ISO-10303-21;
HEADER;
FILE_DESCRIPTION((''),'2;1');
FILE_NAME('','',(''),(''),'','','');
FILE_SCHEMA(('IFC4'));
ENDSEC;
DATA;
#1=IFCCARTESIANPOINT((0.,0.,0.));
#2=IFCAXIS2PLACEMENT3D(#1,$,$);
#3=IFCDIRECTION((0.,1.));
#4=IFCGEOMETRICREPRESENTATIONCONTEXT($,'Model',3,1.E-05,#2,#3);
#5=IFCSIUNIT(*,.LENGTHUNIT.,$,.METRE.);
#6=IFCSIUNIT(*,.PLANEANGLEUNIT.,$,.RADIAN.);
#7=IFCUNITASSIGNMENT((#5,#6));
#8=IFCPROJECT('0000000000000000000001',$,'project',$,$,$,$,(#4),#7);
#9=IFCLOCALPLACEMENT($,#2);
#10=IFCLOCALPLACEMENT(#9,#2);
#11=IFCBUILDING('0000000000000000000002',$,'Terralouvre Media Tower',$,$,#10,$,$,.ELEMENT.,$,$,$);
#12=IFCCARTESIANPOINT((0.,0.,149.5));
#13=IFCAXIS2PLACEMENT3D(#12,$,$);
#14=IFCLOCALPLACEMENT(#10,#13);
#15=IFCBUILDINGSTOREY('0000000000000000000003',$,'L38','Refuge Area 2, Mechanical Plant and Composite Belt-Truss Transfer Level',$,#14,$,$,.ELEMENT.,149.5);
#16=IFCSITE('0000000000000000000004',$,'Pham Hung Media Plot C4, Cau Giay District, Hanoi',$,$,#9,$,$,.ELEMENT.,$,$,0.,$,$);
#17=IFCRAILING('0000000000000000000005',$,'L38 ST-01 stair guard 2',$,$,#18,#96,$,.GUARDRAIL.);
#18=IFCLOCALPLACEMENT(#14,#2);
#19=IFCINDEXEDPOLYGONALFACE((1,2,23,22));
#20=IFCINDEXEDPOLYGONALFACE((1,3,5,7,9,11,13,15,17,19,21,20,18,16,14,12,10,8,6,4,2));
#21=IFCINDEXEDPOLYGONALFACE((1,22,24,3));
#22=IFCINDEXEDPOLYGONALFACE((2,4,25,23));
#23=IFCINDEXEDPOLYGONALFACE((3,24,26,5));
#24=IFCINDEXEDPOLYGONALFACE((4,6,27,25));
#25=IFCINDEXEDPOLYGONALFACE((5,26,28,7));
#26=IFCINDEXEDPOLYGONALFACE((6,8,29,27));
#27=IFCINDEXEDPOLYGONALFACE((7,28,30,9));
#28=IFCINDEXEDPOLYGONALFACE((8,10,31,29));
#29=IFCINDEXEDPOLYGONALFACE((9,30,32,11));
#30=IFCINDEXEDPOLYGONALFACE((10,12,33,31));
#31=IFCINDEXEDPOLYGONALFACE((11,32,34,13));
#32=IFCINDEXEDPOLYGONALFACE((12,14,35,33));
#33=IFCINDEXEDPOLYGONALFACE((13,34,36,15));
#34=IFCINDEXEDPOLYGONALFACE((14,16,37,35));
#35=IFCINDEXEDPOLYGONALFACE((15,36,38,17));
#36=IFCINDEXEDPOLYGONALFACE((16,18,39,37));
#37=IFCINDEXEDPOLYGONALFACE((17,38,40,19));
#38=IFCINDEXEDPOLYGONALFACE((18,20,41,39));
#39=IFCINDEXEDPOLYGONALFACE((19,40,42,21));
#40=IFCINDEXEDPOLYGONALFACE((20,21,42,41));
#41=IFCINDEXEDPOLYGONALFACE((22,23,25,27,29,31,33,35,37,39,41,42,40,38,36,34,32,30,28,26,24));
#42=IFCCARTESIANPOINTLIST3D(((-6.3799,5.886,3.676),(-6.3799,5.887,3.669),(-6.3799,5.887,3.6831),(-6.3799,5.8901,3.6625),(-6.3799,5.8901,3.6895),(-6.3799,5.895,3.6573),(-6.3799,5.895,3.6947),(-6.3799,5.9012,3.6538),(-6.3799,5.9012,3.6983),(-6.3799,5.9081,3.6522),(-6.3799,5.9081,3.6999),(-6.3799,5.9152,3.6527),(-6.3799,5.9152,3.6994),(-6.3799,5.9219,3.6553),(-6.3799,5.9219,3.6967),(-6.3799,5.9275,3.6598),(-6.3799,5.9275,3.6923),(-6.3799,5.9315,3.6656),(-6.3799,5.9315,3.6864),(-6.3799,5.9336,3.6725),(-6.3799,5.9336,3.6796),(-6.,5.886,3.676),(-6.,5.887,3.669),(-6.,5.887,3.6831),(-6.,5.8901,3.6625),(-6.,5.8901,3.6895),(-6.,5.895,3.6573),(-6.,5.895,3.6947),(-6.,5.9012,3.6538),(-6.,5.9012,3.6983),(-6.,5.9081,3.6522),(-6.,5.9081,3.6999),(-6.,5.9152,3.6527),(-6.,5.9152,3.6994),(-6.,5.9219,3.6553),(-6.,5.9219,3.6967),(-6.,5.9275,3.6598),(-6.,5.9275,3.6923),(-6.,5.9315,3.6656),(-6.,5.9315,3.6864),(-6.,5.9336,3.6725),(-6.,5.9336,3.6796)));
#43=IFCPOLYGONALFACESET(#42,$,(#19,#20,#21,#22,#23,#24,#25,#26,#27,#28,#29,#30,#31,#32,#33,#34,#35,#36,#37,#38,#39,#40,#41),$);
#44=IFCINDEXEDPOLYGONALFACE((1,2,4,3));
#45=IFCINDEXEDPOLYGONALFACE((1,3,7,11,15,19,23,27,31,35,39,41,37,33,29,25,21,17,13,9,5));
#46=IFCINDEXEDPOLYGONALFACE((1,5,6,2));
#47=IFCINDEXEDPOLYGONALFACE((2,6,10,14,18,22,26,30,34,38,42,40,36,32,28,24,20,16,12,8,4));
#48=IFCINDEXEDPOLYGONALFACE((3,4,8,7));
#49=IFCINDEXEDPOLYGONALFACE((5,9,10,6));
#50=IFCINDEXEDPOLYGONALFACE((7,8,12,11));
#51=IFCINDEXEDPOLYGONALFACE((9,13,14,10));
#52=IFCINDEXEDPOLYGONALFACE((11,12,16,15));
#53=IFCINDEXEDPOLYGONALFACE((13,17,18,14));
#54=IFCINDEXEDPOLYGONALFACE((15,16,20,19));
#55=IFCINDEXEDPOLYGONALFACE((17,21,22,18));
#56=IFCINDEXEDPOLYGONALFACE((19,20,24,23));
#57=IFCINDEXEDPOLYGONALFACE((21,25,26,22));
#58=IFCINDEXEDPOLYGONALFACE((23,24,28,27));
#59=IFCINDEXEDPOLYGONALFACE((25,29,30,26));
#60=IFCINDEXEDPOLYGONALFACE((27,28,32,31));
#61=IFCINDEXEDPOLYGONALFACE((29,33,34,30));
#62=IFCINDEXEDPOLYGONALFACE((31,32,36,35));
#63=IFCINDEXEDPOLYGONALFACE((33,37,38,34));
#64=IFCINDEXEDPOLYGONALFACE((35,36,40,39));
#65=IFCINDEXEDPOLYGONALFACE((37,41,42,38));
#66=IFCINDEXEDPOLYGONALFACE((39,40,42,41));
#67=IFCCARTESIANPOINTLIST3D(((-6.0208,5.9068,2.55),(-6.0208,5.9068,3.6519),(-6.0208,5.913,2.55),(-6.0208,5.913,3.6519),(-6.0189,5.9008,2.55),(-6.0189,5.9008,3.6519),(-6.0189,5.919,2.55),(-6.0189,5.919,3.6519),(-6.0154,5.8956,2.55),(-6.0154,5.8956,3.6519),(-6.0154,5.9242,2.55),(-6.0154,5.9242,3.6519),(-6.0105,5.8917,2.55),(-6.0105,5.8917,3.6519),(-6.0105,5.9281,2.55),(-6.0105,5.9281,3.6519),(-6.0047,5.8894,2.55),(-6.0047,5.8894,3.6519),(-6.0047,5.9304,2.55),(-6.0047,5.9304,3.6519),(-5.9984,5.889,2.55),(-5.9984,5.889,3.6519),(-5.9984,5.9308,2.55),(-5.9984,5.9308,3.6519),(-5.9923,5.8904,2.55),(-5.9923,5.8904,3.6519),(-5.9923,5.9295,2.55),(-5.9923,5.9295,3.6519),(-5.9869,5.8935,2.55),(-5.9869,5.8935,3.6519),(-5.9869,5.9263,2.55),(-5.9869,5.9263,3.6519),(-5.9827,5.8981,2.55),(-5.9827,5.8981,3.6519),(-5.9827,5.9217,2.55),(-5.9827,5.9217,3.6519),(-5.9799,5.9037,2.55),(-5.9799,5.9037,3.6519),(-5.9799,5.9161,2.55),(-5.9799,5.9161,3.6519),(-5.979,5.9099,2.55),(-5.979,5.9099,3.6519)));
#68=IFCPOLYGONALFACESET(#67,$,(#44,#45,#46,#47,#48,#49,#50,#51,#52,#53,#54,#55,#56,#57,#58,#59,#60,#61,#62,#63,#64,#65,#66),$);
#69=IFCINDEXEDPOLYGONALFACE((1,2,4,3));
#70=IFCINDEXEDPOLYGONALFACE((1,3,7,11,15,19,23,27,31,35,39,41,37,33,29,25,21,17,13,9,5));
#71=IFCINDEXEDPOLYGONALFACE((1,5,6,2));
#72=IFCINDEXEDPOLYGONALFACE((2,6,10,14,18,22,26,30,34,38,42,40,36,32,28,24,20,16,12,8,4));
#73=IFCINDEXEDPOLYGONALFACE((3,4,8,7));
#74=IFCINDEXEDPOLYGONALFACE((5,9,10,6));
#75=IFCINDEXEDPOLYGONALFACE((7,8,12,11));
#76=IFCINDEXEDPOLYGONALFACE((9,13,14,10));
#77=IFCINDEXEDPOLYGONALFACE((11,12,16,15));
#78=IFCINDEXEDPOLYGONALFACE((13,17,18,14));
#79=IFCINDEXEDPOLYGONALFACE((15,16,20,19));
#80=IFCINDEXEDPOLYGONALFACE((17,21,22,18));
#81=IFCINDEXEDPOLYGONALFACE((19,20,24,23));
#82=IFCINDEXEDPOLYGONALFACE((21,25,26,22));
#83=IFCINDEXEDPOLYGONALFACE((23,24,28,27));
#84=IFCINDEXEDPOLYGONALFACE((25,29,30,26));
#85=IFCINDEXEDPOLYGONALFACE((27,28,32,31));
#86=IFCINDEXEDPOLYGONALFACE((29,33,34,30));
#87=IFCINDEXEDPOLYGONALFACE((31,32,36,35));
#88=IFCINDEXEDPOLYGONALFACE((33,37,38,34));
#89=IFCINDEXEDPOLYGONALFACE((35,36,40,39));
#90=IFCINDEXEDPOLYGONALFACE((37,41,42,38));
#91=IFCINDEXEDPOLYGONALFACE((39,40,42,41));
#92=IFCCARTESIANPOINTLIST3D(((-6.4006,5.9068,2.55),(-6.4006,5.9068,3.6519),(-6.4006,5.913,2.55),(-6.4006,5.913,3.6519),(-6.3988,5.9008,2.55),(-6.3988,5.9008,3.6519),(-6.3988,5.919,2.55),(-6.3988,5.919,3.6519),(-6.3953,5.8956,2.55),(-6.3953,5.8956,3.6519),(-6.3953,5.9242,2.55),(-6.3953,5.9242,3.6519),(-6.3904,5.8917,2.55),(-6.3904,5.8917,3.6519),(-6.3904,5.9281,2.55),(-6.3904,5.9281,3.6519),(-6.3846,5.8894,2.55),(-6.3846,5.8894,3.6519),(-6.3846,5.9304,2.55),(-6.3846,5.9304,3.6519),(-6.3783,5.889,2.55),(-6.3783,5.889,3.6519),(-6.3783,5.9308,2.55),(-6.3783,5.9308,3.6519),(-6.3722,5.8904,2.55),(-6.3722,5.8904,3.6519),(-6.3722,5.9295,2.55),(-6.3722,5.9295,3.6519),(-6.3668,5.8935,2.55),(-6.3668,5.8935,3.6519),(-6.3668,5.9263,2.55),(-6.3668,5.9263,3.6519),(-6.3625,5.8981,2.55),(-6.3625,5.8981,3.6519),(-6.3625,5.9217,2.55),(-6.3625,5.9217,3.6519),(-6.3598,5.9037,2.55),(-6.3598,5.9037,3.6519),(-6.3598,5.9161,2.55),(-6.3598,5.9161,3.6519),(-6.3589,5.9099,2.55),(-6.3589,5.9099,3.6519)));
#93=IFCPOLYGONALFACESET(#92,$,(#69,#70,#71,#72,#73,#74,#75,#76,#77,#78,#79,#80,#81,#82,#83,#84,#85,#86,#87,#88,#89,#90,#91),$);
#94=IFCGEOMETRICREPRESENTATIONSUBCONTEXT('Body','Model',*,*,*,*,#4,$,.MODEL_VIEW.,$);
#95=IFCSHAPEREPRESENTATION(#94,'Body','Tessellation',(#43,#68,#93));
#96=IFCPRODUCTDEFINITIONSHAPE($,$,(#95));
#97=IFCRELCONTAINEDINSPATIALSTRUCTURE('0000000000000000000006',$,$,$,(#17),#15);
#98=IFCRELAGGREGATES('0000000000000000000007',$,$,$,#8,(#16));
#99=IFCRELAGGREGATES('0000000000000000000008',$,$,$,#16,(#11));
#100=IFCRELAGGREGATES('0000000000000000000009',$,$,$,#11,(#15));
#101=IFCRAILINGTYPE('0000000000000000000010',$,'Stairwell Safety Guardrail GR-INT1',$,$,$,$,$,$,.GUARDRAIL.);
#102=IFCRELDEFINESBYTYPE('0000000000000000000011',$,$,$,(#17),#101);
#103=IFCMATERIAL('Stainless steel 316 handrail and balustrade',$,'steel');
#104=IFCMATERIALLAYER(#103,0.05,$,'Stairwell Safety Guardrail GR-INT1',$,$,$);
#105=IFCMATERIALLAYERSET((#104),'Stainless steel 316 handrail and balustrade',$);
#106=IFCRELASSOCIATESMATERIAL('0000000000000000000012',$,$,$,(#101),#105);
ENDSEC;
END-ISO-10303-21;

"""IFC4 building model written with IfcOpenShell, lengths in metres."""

from ifc_helpers import new_model, si_unit, direction, frame, origin, origin_2d, place, context, subcontext, project, spatial, circle, extrude, material, layer, layer_set, type_object, element, save


model = new_model("IFC4")

# Units and contexts
model_context = context("Model", 3, precision=1e-05, world=origin(), true_north=direction((0.0, 1.0)))
body_context = subcontext(model_context, "Body", "Model", "MODEL_VIEW")
ifc_project = project(units=[si_unit("LENGTHUNIT", "METRE"), si_unit("PLANEANGLEUNIT", "RADIAN")], contexts=[model_context])

# Site, building, storey
site_placement = place(None, origin())
site = spatial("IfcSite", under=ifc_project, at=site_placement, Name="Pham Hung Media Plot C4, Cau Giay District, Hanoi", CompositionType="ELEMENT", RefElevation=0.0)
building_placement = place(site_placement, origin())
building = spatial("IfcBuilding", under=site, at=building_placement, Name="Terralouvre Media Tower", CompositionType="ELEMENT")
storey_placement = place(building_placement, frame((0.0, 0.0, 149.5)))
storey = spatial("IfcBuildingStorey", under=building, at=storey_placement, Name="L38", Description="Refuge Area 2, Mechanical Plant and Composite Belt-Truss Transfer Level", CompositionType="ELEMENT", Elevation=149.5)

# Railing
ifc_material_1 = material(Name="Stainless steel 316 handrail and balustrade", Category="steel")
ifc_layer_1 = layer(ifc_material_1, 0.05, Name="Stairwell Safety Guardrail GR-INT1")
ifc_layer_set_1 = layer_set([ifc_layer_1], Name="Stainless steel 316 handrail and balustrade")
railing_type_1 = type_object("IfcRailingType", Name="Stairwell Safety Guardrail GR-INT1", PredefinedType="GUARDRAIL", material=ifc_layer_set_1)
railing_1_placement = place(storey_placement, frame((-6.0, 5.9099, 2.55)))
element("IfcRailing", 1, at=railing_1_placement, inside=storey, type_object=railing_type_1, Name="L38 ST-01 stair guard 2", PredefinedType="GUARDRAIL", context=body_context, shape_type="SweptSolid", body=[
    extrude(circle(Radius=0.0239, at=origin_2d()), frame((0.0, 0.0, 1.126), z_axis=(-1.0, 0.0, 0.0), x_axis=(0.0, -1.0, 0.0)), (0.0, 0.0, 1.0), 0.3799),
    extrude(circle(Radius=0.021, at=origin_2d()), origin(), (0.0, 0.0, 1.0), 1.1018),
    extrude(circle(Radius=0.021, at=origin_2d()), frame((-0.3799, 0.0, 0.0)), (0.0, 0.0, 1.0), 1.1018),
])

save(model, "model.ifc")
